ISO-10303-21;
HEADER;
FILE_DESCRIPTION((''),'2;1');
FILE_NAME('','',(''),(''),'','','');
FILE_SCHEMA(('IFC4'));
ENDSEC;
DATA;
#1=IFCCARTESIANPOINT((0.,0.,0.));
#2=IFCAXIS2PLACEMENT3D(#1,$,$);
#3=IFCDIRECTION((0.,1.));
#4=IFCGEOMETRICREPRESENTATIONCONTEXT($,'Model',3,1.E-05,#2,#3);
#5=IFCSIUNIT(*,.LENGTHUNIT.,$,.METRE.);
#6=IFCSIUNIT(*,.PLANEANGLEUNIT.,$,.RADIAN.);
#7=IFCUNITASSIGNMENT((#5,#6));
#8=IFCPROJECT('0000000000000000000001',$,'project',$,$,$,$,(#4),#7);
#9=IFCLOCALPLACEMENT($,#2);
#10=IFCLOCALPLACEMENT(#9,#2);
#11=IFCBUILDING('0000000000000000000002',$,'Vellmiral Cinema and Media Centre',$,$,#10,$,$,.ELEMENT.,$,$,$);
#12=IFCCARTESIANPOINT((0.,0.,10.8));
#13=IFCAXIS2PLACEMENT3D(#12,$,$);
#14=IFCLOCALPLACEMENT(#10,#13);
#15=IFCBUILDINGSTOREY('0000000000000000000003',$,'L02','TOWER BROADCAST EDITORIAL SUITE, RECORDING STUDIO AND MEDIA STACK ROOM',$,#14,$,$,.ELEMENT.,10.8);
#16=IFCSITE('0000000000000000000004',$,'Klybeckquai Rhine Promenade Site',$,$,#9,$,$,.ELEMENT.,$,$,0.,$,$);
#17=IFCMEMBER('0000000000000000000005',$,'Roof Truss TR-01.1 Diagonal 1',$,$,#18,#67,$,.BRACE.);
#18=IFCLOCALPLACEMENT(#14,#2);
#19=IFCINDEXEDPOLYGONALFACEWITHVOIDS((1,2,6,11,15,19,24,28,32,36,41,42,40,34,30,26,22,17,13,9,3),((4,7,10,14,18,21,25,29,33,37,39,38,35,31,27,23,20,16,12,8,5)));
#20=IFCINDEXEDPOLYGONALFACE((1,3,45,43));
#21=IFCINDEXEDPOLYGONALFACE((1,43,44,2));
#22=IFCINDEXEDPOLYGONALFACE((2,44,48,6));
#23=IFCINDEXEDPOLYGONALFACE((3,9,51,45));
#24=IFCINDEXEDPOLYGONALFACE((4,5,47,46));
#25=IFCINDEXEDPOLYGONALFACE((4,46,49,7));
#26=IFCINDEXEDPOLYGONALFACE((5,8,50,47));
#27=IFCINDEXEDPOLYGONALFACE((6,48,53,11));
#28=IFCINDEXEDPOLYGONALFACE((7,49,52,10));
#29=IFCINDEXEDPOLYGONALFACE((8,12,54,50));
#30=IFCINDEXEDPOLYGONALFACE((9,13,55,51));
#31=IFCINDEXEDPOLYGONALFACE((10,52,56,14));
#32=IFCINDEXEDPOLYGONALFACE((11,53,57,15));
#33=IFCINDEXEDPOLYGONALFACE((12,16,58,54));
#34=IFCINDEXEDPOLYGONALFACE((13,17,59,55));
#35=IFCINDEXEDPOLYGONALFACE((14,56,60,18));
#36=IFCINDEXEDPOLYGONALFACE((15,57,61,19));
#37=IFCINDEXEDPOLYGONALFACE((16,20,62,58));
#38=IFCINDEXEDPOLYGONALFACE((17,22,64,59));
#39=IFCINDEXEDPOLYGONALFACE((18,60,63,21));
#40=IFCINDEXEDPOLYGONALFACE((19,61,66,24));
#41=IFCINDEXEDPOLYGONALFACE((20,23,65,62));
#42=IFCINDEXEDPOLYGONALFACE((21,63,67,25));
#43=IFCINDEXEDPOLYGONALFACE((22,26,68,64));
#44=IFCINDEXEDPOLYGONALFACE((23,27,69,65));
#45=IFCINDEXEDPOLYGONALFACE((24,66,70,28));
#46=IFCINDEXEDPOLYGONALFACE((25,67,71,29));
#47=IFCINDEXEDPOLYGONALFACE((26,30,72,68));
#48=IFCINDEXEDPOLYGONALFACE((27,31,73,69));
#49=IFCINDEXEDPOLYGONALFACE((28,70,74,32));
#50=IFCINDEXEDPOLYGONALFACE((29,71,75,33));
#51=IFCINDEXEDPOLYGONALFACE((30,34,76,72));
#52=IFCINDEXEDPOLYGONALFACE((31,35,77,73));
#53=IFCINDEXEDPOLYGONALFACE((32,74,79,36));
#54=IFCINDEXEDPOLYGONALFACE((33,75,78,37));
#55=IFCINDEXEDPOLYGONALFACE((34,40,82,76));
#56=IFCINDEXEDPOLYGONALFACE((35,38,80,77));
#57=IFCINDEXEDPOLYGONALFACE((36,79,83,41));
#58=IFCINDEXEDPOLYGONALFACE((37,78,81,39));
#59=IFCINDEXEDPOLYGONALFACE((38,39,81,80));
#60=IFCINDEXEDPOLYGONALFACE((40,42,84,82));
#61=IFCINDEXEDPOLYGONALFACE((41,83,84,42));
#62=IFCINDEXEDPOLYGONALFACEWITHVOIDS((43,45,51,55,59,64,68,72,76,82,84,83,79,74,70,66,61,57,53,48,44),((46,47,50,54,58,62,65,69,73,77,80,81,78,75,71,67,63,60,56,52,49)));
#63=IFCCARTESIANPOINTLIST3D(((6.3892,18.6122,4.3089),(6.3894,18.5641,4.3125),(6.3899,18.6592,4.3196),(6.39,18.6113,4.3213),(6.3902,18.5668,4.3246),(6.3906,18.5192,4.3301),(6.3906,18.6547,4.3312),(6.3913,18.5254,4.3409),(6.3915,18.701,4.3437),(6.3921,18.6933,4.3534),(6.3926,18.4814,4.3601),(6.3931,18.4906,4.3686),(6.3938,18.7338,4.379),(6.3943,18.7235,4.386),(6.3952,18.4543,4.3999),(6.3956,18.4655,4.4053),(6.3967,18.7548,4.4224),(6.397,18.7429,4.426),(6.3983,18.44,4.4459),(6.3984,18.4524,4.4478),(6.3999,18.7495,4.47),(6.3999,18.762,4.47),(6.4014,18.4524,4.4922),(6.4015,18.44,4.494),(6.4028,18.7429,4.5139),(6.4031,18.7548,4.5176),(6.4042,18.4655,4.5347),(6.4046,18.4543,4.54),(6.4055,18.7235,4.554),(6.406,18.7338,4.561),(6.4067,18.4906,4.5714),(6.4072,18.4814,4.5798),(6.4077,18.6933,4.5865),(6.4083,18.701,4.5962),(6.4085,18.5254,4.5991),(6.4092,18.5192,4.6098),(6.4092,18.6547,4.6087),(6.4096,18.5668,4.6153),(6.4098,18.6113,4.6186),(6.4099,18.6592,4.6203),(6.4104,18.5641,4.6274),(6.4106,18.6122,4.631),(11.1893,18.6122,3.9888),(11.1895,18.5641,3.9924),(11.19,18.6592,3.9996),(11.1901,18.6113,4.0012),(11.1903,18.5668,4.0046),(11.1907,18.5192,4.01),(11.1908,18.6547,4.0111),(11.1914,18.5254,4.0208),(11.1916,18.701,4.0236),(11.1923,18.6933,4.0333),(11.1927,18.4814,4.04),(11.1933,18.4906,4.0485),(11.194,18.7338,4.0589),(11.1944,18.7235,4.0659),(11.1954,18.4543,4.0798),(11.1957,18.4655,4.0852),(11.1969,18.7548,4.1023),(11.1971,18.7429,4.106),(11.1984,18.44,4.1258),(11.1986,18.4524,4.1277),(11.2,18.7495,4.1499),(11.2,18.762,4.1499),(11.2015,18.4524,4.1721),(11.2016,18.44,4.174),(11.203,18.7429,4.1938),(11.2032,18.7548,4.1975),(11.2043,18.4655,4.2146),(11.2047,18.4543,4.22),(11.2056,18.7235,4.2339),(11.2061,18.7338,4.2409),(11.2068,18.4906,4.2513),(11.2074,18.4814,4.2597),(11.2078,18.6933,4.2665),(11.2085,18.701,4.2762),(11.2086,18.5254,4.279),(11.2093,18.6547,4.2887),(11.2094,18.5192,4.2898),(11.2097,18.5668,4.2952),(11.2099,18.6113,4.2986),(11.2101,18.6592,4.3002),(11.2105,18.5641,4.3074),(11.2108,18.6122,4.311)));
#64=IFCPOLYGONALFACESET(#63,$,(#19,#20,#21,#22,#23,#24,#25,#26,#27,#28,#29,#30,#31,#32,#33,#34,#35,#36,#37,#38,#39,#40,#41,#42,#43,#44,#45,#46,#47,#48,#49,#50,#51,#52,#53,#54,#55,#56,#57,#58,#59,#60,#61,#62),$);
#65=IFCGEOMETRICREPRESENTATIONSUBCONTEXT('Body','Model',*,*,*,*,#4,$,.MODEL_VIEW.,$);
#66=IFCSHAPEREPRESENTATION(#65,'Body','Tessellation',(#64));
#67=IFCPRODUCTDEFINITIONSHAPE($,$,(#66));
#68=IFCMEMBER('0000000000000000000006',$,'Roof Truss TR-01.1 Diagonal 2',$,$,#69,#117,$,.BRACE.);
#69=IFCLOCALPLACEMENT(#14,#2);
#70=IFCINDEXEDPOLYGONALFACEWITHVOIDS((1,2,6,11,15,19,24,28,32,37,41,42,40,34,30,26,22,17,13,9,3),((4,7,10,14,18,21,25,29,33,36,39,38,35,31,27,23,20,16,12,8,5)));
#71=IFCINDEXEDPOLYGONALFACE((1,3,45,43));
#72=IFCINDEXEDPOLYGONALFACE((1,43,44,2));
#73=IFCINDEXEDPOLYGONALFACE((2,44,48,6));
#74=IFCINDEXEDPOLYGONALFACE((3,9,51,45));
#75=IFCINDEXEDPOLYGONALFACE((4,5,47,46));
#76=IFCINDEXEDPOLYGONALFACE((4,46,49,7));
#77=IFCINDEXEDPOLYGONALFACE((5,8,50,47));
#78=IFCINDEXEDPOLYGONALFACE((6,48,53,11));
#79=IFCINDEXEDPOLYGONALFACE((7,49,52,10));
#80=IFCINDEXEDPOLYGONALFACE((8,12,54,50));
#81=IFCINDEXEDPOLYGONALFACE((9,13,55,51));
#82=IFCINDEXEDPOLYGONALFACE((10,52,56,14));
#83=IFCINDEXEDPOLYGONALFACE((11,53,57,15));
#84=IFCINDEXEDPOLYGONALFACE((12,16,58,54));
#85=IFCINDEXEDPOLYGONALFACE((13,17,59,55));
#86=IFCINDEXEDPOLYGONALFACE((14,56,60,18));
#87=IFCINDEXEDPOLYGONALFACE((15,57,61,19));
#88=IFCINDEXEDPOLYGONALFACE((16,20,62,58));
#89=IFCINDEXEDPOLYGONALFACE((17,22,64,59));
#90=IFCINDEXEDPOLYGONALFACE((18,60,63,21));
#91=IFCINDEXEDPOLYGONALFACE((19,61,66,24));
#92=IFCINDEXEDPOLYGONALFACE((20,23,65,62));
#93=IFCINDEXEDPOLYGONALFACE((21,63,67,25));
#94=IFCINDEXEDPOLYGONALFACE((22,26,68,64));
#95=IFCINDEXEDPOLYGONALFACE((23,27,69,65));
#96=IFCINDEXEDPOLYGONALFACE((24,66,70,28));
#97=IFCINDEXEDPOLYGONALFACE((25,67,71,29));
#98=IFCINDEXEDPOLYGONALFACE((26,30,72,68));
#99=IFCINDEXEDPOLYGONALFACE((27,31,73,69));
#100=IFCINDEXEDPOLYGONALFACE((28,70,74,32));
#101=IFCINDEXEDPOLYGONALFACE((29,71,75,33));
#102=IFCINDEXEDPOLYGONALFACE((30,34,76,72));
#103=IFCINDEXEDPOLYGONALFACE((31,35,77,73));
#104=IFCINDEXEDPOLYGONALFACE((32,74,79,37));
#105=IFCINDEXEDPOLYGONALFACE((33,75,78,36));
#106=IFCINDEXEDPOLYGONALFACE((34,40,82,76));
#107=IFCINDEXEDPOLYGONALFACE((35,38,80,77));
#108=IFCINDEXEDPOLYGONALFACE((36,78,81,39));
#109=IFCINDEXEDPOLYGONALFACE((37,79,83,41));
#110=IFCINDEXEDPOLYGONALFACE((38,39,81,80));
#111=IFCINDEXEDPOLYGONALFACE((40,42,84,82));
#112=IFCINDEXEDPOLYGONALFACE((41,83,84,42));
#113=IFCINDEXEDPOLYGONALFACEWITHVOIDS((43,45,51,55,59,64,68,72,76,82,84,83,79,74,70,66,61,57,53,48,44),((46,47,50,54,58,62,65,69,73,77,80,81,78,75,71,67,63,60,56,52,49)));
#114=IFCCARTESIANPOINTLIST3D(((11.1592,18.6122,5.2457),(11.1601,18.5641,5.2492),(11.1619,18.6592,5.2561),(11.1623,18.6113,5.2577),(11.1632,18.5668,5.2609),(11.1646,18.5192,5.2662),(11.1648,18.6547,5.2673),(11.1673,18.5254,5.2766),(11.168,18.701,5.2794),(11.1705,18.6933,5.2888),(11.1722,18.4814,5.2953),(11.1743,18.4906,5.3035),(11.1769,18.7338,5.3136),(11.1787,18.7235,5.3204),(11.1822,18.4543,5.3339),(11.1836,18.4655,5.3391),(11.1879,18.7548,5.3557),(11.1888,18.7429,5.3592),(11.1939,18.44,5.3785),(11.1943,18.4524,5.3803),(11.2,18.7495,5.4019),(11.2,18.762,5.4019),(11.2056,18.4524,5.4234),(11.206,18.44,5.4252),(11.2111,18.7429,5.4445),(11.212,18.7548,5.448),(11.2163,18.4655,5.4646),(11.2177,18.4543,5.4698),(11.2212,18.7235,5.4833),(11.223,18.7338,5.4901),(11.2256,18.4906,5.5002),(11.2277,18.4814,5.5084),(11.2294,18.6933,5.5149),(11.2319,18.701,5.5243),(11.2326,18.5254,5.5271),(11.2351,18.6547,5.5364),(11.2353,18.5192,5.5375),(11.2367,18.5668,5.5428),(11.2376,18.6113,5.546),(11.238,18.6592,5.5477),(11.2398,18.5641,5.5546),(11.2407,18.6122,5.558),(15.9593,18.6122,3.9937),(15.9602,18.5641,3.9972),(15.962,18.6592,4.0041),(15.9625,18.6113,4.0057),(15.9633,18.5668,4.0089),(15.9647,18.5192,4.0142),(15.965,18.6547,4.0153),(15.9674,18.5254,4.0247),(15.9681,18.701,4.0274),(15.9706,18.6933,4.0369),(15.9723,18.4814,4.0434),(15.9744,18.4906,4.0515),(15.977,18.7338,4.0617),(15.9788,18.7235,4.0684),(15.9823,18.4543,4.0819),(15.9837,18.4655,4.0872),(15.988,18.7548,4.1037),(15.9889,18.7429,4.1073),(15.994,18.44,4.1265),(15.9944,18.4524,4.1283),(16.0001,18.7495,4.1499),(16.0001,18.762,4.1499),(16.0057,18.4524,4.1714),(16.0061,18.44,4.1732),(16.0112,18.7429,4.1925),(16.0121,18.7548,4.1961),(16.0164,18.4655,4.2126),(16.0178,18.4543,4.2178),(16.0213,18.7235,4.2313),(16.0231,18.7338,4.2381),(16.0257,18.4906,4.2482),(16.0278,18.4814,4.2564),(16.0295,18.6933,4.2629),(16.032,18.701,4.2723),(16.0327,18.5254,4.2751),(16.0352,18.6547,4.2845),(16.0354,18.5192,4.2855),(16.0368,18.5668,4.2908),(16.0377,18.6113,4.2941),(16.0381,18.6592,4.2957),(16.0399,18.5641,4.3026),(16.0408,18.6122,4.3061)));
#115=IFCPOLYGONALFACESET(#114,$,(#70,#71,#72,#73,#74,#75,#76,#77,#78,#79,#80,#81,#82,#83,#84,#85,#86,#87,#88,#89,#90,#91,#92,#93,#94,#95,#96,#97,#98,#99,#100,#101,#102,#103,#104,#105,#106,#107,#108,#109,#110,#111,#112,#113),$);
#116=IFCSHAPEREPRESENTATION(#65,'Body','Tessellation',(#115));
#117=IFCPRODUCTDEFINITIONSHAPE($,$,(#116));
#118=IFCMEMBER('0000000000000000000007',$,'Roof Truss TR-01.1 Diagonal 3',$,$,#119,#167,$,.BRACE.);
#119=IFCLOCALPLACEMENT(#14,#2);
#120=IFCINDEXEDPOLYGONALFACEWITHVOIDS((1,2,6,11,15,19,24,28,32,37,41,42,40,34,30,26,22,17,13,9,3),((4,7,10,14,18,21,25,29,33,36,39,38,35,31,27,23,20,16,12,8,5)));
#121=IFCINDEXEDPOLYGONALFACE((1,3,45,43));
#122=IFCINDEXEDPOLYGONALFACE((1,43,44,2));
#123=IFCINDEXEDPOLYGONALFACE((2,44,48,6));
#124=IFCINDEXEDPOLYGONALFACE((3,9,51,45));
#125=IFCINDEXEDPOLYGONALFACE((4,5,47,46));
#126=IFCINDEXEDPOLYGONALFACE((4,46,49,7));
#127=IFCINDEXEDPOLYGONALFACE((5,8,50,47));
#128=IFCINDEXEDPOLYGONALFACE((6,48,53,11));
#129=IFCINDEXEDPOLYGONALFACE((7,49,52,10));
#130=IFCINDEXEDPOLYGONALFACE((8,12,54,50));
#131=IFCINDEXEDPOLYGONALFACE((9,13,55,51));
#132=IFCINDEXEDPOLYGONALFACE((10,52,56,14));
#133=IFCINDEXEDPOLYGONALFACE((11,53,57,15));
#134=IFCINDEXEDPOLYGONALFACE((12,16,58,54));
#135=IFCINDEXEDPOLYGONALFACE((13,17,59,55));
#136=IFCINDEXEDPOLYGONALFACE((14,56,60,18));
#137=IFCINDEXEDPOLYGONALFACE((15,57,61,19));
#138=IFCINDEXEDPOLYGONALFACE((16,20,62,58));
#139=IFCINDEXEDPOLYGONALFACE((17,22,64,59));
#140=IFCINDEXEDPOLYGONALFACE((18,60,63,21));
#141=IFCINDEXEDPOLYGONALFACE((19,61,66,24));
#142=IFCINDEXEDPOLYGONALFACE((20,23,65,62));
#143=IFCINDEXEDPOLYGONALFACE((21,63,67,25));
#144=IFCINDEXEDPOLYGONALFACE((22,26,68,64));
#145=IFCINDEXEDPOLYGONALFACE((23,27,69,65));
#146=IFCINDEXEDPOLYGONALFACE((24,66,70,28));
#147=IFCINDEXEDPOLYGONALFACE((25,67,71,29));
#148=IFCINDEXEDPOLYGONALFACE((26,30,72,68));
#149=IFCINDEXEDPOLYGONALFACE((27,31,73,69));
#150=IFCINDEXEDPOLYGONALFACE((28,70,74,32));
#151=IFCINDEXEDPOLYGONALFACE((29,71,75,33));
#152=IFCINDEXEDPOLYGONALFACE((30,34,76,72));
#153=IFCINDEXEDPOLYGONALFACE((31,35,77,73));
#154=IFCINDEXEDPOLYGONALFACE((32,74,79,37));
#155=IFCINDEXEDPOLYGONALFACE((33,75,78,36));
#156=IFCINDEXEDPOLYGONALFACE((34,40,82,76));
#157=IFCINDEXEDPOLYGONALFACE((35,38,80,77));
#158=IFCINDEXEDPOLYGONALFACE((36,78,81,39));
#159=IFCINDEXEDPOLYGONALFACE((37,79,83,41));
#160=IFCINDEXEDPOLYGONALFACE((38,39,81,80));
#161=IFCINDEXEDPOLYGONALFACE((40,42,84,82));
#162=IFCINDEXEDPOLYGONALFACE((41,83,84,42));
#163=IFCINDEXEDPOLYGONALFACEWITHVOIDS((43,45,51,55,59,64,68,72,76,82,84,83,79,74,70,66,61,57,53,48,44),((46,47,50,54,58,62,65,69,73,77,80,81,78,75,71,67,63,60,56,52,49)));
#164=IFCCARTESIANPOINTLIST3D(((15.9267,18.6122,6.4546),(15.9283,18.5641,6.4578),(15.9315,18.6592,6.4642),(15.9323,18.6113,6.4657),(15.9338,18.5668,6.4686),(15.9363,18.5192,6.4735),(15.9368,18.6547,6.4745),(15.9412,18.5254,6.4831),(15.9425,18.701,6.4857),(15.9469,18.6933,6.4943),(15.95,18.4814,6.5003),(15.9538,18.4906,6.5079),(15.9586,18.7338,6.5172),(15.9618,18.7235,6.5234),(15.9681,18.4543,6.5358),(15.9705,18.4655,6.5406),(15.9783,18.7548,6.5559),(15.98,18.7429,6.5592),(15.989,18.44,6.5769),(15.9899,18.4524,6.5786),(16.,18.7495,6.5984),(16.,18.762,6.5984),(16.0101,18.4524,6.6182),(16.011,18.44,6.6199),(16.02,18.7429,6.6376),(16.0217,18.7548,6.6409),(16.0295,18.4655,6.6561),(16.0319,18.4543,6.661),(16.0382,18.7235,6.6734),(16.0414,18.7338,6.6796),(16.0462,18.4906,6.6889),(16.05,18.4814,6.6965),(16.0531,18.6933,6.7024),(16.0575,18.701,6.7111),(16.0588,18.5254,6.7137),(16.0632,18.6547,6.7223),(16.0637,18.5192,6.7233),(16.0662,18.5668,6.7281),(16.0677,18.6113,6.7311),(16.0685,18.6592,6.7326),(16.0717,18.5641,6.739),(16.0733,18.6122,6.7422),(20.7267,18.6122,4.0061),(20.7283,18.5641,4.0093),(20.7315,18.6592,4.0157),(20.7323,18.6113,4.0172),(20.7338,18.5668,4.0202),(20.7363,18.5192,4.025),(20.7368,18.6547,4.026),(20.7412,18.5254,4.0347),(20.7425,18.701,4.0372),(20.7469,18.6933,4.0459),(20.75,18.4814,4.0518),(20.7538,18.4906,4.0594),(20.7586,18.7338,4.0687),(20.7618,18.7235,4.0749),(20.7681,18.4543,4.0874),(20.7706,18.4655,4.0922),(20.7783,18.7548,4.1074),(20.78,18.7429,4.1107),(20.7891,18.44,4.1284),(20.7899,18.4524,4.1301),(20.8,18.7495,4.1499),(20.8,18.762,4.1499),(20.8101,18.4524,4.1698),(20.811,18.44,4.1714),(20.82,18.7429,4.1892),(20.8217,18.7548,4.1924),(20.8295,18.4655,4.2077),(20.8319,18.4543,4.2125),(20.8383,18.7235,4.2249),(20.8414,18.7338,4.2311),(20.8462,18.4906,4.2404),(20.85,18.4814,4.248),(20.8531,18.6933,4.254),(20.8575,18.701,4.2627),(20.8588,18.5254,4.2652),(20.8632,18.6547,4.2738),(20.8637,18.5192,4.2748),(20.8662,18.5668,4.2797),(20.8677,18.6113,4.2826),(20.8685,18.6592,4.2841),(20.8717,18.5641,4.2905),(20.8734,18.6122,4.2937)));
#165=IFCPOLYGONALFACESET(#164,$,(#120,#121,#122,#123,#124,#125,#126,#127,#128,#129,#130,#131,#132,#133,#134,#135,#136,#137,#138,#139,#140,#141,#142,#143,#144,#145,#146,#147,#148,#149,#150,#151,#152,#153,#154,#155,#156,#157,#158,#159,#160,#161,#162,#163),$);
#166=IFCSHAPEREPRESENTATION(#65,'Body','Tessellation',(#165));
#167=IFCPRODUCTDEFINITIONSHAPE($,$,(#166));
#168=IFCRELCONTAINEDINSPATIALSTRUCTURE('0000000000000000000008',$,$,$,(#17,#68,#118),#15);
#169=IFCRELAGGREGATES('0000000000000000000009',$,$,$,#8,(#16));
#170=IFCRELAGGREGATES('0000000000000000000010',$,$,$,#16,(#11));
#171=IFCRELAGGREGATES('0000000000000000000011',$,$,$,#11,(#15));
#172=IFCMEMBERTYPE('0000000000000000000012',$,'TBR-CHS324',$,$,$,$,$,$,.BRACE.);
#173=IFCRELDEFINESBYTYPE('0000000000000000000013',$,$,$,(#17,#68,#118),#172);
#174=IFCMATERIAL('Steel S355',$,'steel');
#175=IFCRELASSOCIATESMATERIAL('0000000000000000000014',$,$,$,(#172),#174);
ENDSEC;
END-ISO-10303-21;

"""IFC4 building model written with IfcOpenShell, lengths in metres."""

from ifc_helpers import new_model, si_unit, direction, frame, origin, origin_2d, place, context, subcontext, project, spatial, hollow_circle, extrude, material, material_profile, profile_set, type_object, element, save


model = new_model("IFC4")

# Units and contexts
model_context = context("Model", 3, precision=1e-05, world=origin(), true_north=direction((0.0, 1.0)))
body_context = subcontext(model_context, "Body", "Model", "MODEL_VIEW")
ifc_project = project(units=[si_unit("LENGTHUNIT", "METRE"), si_unit("PLANEANGLEUNIT", "RADIAN")], contexts=[model_context])

# Site, building, storey
site_placement = place(None, origin())
site = spatial("IfcSite", under=ifc_project, at=site_placement, Name="Klybeckquai Rhine Promenade Site", CompositionType="ELEMENT", RefElevation=0.0)
building_placement = place(site_placement, origin())
building = spatial("IfcBuilding", under=site, at=building_placement, Name="Vellmiral Cinema and Media Centre", CompositionType="ELEMENT")
storey_placement = place(building_placement, frame((0.0, 0.0, 10.8)))
storey = spatial("IfcBuildingStorey", under=building, at=storey_placement, Name="L02", Description="TOWER BROADCAST EDITORIAL SUITE, RECORDING STUDIO AND MEDIA STACK ROOM", CompositionType="ELEMENT", Elevation=10.8)

# Members
ifc_material_1 = material(Name="Steel S355", Category="steel")
ifc_material_profile_1 = material_profile(ifc_material_1, hollow_circle(Radius=0.1619, WallThickness=0.0125, at=origin_2d()), Name="CHS 323.9x12.5")
ifc_profile_set_1 = profile_set([ifc_material_profile_1], Name="Steel S355")
member_type_1 = type_object("IfcMemberType", Name="TBR-CHS324", PredefinedType="BRACE", material=ifc_profile_set_1)
member_1_placement = place(storey_placement, frame((6.3999, 18.6001, 4.47), z_axis=(0.997784, 0.0, -0.066532), x_axis=(0.0, 1.0, 0.0)))
element("IfcMember", 1, at=member_1_placement, inside=storey, type_object=member_type_1, Name="Roof Truss TR-01.1 Diagonal 1", PredefinedType="BRACE", context=body_context, shape_type="SweptSolid", body=[
    extrude(hollow_circle(Radius=0.1619, WallThickness=0.0125, at=origin_2d()), origin(), (0.0, 0.0, 1.0), 4.8108),
])
member_2_placement = place(storey_placement, frame((11.2, 18.6001, 5.4019), z_axis=(0.967629, 0.0, -0.252378), x_axis=(0.0, 1.0, 0.0)))
element("IfcMember", 2, at=member_2_placement, inside=storey, type_object=member_type_1, Name="Roof Truss TR-01.1 Diagonal 2", PredefinedType="BRACE", context=body_context, shape_type="SweptSolid", body=[
    extrude(hollow_circle(Radius=0.1619, WallThickness=0.0125, at=origin_2d()), origin(), (0.0, 0.0, 1.0), 4.9607),
])
for number, where, z_axis, x_axis, name in (
    (3, (16.0, 18.6001, 6.5984), (0.890801, 0.0, -0.454394), (0.0, 1.0, 0.0), "Roof Truss TR-01.1 Diagonal 3"),
):
    element("IfcMember", number, at=place(storey_placement, frame(where, z_axis=z_axis, x_axis=x_axis)), inside=storey, type_object=member_type_1, Name=name, PredefinedType="BRACE", context=body_context, shape_type="SweptSolid", body=[
        extrude(hollow_circle(Radius=0.1619, WallThickness=0.0125, at=origin_2d()), origin(), (0.0, 0.0, 1.0), 5.3884),
    ])

save(model, "model.ifc")
